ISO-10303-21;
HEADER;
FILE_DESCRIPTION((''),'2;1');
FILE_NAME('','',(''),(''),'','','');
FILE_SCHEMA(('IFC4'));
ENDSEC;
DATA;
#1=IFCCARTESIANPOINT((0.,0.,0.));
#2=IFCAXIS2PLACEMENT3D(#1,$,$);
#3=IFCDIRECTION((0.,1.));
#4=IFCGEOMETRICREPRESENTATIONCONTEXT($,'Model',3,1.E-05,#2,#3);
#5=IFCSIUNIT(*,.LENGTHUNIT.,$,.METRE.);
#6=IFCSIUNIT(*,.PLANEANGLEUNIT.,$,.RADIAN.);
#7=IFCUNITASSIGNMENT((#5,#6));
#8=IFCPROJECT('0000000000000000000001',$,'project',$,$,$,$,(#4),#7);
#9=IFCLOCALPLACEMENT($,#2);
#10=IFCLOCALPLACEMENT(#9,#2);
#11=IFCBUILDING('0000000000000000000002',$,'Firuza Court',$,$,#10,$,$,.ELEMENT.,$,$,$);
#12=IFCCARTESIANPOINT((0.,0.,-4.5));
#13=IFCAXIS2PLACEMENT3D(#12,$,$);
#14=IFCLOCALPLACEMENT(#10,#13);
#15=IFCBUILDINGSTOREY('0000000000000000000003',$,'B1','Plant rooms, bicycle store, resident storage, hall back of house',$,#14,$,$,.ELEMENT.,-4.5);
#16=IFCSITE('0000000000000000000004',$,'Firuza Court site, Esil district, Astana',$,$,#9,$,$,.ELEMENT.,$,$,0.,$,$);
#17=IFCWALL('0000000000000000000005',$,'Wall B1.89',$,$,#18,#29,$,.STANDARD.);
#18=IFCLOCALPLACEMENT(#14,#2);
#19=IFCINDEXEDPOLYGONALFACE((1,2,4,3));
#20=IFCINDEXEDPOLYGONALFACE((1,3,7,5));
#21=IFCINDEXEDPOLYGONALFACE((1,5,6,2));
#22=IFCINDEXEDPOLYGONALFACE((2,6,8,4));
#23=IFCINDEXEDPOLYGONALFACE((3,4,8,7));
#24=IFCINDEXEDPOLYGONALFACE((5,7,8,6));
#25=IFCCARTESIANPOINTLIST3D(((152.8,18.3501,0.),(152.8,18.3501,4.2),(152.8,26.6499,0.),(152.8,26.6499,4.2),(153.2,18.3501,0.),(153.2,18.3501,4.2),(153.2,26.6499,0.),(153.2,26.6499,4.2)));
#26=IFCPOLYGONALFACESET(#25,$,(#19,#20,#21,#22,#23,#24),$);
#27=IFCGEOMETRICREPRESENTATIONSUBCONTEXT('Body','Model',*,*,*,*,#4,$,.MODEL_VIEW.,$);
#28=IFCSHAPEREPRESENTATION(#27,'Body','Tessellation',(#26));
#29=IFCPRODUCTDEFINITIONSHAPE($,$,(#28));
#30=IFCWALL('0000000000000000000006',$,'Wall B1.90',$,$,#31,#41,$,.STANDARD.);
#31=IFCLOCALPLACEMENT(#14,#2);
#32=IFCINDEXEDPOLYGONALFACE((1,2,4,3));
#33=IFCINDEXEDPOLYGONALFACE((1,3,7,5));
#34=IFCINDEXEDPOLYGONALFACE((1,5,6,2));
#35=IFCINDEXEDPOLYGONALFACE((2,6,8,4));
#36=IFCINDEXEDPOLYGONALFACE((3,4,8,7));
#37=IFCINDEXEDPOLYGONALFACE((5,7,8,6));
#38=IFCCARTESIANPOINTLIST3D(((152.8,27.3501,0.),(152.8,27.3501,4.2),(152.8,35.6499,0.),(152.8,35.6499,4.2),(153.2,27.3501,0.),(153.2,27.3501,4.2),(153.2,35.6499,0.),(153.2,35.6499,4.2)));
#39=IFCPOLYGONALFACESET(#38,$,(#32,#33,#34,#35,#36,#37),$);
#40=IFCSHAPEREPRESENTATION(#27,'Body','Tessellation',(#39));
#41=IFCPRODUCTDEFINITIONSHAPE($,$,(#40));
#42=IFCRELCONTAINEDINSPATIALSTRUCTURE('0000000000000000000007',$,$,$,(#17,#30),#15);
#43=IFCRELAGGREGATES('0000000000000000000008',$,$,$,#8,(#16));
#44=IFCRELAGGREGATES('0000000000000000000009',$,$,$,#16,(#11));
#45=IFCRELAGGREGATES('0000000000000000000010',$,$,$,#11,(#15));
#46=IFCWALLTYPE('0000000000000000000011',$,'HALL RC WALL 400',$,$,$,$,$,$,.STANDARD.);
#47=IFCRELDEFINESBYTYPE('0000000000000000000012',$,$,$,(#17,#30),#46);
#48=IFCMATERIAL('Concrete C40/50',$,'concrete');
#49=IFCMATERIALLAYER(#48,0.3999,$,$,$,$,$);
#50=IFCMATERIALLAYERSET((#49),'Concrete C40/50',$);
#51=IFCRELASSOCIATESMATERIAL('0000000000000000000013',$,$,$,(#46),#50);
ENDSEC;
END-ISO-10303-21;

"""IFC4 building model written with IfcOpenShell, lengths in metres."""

from ifc_helpers import new_model, si_unit, direction, frame, frame_2d, origin, place, context, subcontext, project, spatial, rectangle, extrude, material, layer, layer_set, type_object, element, save


model = new_model("IFC4")

# Units and contexts
model_context = context("Model", 3, precision=1e-05, world=origin(), true_north=direction((0.0, 1.0)))
body_context = subcontext(model_context, "Body", "Model", "MODEL_VIEW")
ifc_project = project(units=[si_unit("LENGTHUNIT", "METRE"), si_unit("PLANEANGLEUNIT", "RADIAN")], contexts=[model_context])

# Site, building, storey
site_placement = place(None, origin())
site = spatial("IfcSite", under=ifc_project, at=site_placement, Name="Firuza Court site, Esil district, Astana", CompositionType="ELEMENT", RefElevation=0.0)
building_placement = place(site_placement, origin())
building = spatial("IfcBuilding", under=site, at=building_placement, Name="Firuza Court", CompositionType="ELEMENT")
storey_placement = place(building_placement, frame((0.0, 0.0, -4.5)))
storey = spatial("IfcBuildingStorey", under=building, at=storey_placement, Name="B1", Description="Plant rooms, bicycle store, resident storage, hall back of house", CompositionType="ELEMENT", Elevation=-4.5)

# Shared definitions
ifc_material_1 = material(Name="Concrete C40/50", Category="concrete")

# Walls
ifc_layer_1 = layer(ifc_material_1, 0.3999)
ifc_layer_set_1 = layer_set([ifc_layer_1], Name="Concrete C40/50")
wall_type_1 = type_object("IfcWallType", Name="HALL RC WALL 400", PredefinedType="STANDARD", material=ifc_layer_set_1)
for number, where, z_axis, x_axis, name in (
    (1, (153.0, 18.3501, 0.0), (0.0, 0.0, 1.0), (0.0, 1.0, 0.0), "Wall B1.89"),
    (2, (153.0, 27.3501, 0.0), (0.0, 0.0, 1.0), (0.0, 1.0, 0.0), "Wall B1.90"),
):
    element("IfcWall", number, at=place(storey_placement, frame(where, z_axis=z_axis, x_axis=x_axis)), inside=storey, type_object=wall_type_1, Name=name, PredefinedType="STANDARD", context=body_context, shape_type="SweptSolid", body=[
        extrude(rectangle(XDim=8.2998, YDim=0.3999, at=frame_2d((4.1499, 0.0))), origin(), (0.0, 0.0, 1.0), 4.2),
    ])

save(model, "model.ifc")
